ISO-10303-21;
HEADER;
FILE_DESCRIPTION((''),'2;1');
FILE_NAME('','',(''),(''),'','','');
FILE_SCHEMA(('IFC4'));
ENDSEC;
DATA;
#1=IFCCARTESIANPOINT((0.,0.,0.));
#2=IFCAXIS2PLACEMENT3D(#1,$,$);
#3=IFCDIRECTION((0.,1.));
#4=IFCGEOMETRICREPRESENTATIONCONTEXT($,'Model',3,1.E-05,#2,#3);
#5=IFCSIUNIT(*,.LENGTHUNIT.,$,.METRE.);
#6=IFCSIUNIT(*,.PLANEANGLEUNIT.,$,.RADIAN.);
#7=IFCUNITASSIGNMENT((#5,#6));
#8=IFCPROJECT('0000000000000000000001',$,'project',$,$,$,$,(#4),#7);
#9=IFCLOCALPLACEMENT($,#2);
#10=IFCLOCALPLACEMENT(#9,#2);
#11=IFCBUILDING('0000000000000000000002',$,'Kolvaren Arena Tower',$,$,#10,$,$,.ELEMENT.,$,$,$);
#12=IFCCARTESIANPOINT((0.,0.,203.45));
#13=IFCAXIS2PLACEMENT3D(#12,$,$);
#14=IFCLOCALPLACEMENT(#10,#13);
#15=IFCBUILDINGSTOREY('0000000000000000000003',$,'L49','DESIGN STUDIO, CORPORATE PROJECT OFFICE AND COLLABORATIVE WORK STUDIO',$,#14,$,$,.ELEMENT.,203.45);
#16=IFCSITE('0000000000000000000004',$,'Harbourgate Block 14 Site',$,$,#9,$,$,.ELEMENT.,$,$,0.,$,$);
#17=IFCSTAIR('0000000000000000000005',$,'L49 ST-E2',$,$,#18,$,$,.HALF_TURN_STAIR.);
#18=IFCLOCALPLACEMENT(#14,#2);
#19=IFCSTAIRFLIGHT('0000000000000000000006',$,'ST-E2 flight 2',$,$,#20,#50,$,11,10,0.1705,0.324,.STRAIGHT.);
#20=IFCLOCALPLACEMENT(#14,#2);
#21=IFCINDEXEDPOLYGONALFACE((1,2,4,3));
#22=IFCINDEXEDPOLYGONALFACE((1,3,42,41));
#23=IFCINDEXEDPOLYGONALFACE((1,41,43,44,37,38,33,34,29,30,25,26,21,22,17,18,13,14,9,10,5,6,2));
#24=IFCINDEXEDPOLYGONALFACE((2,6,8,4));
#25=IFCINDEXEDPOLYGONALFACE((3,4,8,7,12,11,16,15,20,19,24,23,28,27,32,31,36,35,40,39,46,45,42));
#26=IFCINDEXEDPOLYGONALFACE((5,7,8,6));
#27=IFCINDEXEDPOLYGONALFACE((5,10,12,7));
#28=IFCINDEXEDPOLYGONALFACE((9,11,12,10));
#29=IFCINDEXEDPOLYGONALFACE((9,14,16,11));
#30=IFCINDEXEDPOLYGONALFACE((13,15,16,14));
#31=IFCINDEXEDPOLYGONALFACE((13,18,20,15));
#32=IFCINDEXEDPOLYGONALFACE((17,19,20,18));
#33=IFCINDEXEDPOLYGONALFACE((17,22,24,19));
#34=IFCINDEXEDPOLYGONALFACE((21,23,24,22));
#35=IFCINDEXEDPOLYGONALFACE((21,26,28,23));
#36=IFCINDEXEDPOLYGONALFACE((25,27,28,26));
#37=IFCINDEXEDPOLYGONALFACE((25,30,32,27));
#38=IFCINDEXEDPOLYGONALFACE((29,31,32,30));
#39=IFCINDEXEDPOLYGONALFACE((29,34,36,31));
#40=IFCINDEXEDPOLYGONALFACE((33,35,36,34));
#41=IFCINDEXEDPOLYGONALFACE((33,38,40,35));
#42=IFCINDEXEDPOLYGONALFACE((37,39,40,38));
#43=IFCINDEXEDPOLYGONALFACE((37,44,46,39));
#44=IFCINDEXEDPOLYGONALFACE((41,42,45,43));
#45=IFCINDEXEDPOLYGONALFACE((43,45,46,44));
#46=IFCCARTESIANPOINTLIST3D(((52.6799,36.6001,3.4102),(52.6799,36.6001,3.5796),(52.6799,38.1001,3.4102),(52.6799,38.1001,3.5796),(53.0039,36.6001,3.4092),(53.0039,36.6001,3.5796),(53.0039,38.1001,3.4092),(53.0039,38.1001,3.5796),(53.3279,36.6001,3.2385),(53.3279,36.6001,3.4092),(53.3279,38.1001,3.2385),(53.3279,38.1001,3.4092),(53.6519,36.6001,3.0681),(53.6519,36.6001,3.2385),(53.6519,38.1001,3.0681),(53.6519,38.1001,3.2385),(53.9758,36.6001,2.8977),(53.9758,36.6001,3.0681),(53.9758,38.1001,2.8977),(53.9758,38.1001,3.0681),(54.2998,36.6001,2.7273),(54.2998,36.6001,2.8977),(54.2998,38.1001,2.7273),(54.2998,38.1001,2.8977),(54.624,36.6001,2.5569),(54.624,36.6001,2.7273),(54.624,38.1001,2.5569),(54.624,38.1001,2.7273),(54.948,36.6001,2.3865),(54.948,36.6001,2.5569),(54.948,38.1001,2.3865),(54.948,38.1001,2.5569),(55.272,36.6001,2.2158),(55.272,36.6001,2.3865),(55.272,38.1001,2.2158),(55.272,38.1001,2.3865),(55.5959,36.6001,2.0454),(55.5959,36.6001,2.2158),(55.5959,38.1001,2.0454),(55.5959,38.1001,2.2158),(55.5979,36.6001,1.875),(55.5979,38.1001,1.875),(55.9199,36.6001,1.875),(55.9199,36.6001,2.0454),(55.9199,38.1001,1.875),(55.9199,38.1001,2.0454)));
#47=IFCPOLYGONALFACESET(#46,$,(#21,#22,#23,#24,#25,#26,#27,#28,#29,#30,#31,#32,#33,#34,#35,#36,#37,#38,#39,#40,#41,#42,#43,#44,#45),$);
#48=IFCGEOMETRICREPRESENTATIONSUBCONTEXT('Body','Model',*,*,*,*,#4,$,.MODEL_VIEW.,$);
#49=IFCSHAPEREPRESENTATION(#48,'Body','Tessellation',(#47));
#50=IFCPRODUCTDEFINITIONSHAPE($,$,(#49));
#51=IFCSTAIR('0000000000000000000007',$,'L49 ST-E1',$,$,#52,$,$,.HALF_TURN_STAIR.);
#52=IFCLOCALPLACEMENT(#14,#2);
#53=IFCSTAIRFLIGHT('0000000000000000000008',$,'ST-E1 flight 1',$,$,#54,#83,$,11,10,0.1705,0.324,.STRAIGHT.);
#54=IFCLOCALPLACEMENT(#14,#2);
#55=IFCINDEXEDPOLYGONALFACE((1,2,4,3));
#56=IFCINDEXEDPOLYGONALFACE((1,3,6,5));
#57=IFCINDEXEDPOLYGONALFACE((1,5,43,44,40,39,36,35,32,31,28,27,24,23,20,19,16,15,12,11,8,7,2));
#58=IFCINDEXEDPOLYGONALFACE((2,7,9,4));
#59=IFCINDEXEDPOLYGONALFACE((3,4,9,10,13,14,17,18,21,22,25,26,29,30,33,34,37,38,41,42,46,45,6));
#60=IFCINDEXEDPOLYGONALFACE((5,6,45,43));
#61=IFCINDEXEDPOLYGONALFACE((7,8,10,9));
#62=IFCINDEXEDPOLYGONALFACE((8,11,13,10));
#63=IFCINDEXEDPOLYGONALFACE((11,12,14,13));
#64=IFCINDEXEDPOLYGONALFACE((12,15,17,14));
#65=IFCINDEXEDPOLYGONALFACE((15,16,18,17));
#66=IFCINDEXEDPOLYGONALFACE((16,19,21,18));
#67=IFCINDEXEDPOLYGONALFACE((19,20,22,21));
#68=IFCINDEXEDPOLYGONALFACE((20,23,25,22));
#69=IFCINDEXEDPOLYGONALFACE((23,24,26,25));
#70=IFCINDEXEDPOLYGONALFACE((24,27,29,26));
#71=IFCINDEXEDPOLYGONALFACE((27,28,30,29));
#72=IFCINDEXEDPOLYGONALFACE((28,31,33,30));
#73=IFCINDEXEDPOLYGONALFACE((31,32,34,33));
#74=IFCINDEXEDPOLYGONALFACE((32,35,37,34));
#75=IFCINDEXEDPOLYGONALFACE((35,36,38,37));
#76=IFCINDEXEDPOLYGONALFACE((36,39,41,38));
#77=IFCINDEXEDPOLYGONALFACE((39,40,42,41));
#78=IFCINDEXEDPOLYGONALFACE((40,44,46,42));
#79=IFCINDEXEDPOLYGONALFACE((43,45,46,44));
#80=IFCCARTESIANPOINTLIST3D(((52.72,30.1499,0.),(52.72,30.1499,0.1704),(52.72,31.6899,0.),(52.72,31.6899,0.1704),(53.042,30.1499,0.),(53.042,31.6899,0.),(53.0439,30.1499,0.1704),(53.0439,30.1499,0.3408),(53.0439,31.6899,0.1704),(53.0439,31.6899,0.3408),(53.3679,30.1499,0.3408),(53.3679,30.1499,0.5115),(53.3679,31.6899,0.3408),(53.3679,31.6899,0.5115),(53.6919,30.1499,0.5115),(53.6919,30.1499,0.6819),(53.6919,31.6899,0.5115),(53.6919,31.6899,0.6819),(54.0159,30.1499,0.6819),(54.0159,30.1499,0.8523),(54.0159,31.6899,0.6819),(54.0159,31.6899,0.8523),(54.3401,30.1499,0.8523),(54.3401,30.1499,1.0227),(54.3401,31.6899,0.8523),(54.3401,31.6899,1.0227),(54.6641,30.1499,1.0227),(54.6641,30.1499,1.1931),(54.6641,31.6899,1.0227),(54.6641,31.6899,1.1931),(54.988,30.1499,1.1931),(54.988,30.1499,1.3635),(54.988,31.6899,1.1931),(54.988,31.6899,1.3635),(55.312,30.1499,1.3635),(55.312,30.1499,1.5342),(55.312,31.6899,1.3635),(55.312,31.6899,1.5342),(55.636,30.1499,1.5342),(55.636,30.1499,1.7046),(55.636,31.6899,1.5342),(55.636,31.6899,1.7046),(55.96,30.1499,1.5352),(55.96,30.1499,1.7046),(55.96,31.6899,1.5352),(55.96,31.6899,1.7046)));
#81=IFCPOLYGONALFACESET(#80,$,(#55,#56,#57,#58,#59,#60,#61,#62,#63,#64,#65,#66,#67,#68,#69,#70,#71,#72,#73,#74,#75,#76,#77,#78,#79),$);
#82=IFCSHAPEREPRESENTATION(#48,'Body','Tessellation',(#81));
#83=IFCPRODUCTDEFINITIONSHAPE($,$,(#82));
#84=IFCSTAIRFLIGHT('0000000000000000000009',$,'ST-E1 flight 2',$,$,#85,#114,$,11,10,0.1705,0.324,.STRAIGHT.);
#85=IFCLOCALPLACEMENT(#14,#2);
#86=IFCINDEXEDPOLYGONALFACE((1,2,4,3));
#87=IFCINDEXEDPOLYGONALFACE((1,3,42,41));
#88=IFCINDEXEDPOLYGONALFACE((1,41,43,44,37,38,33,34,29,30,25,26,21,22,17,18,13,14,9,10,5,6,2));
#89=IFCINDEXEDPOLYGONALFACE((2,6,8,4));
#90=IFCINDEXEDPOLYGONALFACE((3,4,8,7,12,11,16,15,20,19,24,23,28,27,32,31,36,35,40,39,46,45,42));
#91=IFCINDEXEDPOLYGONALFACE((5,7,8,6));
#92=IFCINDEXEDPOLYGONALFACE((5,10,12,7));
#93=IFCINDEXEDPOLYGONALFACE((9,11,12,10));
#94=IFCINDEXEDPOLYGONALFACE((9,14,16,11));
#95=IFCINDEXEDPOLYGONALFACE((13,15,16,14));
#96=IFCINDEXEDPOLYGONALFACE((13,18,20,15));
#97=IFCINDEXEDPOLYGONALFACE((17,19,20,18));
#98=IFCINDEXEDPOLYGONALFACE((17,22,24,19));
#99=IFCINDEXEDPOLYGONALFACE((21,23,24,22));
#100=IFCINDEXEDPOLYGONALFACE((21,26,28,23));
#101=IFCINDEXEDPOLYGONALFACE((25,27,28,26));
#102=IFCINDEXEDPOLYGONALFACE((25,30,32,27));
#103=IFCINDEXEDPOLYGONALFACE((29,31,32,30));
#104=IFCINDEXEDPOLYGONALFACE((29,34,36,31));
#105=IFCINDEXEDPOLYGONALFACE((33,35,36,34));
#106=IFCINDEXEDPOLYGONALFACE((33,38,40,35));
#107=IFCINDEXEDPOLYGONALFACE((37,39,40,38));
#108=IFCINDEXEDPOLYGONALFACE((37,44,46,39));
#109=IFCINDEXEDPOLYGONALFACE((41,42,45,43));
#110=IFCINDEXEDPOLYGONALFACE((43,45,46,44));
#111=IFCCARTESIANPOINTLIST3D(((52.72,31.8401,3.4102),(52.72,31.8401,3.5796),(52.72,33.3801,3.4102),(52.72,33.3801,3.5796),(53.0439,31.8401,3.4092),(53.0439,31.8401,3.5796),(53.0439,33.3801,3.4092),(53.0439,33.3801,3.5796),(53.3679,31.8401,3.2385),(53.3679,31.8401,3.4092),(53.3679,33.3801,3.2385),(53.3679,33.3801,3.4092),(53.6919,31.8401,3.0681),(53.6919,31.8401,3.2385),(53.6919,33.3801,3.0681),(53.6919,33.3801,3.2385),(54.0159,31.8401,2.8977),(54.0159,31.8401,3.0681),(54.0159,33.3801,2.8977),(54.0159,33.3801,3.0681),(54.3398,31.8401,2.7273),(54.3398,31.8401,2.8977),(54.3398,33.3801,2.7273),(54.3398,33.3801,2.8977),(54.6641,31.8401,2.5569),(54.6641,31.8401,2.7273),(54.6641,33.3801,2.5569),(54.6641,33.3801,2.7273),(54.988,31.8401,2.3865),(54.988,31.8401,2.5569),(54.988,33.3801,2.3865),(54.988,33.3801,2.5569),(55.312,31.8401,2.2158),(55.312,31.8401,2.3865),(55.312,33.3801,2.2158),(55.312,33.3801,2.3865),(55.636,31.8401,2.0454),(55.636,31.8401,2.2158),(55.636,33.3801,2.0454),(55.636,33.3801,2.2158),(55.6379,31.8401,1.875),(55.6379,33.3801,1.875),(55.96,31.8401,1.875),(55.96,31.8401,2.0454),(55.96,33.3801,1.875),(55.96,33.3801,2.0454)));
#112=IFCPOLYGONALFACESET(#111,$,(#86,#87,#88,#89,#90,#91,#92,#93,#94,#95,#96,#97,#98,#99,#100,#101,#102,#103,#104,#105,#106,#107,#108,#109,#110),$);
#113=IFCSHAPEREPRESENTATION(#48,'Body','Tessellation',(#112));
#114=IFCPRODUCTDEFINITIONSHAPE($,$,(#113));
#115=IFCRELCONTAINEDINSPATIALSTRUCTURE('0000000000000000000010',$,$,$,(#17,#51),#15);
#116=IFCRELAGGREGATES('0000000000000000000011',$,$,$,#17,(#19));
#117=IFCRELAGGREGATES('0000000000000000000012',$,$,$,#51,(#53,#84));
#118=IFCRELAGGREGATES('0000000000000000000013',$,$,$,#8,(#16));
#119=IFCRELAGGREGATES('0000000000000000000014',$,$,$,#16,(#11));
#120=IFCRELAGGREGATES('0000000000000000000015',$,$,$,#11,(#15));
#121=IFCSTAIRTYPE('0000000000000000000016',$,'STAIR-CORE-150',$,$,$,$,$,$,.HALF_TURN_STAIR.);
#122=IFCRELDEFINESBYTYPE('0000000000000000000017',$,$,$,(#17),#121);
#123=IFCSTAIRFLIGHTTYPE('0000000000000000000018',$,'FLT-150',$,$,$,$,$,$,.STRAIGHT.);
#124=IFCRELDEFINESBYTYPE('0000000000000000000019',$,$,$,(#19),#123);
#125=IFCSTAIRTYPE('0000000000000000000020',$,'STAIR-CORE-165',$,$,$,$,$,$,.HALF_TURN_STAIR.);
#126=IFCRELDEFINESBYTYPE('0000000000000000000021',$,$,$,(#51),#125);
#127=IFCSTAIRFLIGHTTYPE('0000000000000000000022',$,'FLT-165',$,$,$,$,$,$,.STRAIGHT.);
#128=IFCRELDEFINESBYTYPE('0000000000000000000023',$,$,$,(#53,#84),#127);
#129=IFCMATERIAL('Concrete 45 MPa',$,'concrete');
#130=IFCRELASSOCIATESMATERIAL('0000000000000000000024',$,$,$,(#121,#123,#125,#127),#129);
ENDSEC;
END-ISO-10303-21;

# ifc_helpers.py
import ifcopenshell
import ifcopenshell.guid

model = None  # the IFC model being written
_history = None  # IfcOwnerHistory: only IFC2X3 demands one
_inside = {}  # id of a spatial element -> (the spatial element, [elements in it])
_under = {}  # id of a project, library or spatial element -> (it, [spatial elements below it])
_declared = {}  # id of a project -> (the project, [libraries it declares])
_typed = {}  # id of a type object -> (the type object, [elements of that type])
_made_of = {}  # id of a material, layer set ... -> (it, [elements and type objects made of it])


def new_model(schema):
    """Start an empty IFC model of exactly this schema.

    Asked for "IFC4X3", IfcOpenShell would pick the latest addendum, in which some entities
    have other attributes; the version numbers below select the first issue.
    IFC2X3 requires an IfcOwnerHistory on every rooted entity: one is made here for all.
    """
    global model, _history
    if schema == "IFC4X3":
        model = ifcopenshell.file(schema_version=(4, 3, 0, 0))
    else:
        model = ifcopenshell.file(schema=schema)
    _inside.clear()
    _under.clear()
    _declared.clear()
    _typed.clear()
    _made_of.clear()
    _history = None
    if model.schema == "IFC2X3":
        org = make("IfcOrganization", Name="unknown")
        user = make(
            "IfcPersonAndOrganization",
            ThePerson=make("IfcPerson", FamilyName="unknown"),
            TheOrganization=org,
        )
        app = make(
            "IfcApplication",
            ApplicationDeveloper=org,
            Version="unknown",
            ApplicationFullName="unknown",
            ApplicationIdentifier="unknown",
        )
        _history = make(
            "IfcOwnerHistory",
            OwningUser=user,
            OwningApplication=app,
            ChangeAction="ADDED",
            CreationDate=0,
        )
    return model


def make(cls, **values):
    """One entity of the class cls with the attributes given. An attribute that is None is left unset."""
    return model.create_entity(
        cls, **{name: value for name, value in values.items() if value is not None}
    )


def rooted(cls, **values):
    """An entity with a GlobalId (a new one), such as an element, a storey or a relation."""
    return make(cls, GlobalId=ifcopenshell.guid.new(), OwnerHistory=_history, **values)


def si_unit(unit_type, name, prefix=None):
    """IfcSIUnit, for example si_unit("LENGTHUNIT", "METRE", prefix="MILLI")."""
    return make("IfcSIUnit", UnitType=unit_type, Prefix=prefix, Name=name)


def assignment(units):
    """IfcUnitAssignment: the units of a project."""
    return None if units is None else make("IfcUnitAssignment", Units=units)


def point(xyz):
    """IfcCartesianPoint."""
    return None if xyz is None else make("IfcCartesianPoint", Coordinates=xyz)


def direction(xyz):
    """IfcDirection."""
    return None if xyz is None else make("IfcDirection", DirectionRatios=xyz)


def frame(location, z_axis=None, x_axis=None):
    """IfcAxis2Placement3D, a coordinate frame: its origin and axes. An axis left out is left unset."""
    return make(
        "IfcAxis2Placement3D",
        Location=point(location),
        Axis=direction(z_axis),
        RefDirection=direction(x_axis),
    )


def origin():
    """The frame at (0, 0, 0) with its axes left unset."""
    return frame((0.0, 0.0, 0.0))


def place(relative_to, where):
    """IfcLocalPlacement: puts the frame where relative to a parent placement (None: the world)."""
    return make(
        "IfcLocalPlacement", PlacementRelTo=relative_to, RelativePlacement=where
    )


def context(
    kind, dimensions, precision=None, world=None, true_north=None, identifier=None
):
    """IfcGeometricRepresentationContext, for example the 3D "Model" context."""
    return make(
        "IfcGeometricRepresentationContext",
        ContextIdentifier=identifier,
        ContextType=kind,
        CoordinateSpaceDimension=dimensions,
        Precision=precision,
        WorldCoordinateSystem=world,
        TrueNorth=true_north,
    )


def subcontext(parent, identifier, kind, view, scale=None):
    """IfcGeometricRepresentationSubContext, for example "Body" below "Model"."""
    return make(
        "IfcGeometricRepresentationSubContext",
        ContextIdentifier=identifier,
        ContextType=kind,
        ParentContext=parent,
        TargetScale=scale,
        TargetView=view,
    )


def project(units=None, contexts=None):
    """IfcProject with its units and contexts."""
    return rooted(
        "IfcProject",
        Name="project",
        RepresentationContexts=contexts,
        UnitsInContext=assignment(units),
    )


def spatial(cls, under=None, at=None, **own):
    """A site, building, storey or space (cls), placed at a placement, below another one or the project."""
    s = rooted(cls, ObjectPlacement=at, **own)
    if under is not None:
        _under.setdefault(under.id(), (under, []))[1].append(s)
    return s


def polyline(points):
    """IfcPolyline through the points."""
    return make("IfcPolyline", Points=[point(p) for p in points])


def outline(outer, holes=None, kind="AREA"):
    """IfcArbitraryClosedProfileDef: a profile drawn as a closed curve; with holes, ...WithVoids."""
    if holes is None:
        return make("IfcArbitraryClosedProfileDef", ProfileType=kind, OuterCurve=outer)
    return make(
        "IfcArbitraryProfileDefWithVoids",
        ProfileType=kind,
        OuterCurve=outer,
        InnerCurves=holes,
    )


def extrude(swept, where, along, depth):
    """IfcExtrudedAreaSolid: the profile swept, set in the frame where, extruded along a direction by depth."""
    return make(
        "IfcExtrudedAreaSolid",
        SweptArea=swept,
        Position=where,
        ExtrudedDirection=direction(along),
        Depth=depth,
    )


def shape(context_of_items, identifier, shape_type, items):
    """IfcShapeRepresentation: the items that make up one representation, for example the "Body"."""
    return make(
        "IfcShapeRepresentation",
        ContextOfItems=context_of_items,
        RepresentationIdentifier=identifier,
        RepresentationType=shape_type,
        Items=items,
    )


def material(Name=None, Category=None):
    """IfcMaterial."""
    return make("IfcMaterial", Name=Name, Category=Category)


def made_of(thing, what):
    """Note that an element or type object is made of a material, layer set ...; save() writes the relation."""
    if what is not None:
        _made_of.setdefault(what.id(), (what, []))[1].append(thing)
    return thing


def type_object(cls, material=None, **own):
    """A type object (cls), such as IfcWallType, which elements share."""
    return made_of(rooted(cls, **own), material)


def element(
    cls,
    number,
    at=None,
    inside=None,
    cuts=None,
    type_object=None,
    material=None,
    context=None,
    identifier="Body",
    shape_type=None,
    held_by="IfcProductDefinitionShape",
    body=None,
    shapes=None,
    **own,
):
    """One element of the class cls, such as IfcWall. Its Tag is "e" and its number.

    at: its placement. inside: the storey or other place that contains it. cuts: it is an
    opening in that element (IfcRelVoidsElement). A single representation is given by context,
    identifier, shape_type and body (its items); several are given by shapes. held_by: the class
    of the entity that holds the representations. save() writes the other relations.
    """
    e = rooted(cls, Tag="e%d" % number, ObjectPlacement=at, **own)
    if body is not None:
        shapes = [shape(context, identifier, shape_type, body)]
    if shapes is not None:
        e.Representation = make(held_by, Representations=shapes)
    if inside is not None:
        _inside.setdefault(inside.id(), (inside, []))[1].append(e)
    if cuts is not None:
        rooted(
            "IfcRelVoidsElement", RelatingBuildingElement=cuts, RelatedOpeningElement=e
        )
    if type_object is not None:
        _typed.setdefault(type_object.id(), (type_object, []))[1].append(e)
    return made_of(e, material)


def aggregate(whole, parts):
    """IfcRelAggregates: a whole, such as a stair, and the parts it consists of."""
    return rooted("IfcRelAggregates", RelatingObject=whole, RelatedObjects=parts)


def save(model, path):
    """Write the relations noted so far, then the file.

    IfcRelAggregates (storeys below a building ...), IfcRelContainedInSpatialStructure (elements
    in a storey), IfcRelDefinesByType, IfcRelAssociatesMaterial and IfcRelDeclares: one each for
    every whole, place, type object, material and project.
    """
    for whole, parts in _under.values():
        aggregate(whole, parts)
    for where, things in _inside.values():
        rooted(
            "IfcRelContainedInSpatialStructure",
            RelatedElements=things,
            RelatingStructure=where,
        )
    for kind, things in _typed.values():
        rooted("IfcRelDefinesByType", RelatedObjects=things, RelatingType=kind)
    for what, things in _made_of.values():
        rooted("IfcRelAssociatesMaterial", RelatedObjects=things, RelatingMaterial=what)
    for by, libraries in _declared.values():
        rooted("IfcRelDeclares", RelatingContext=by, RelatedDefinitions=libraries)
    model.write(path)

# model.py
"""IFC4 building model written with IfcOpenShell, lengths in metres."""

from ifc_helpers import new_model, si_unit, direction, frame, origin, place, context, subcontext, project, spatial, polyline, outline, extrude, material, type_object, element, aggregate, save


model = new_model("IFC4")

# Units and contexts
model_context = context("Model", 3, precision=1e-05, world=origin(), true_north=direction((0.0, 1.0)))
body_context = subcontext(model_context, "Body", "Model", "MODEL_VIEW")
ifc_project = project(units=[si_unit("LENGTHUNIT", "METRE"), si_unit("PLANEANGLEUNIT", "RADIAN")], contexts=[model_context])

# Site, building, storey
site_placement = place(None, origin())
site = spatial("IfcSite", under=ifc_project, at=site_placement, Name="Harbourgate Block 14 Site", CompositionType="ELEMENT", RefElevation=0.0)
building_placement = place(site_placement, origin())
building = spatial("IfcBuilding", under=site, at=building_placement, Name="Kolvaren Arena Tower", CompositionType="ELEMENT")
storey_placement = place(building_placement, frame((0.0, 0.0, 203.45)))
storey = spatial("IfcBuildingStorey", under=building, at=storey_placement, Name="L49", Description="DESIGN STUDIO, CORPORATE PROJECT OFFICE AND COLLABORATIVE WORK STUDIO", CompositionType="ELEMENT", Elevation=203.45)

# Shared definitions
ifc_material_1 = material(Name="Concrete 45 MPa", Category="concrete")

# Stair, stair flight
stair_type_1 = type_object("IfcStairType", Name="STAIR-CORE-150", PredefinedType="HALF_TURN_STAIR", material=ifc_material_1)
stair_1_placement = place(storey_placement, origin())
stair_1 = element("IfcStair", 1, at=stair_1_placement, inside=storey, type_object=stair_type_1, Name="L49 ST-E2", PredefinedType="HALF_TURN_STAIR")
stair_flight_type_1 = type_object("IfcStairFlightType", Name="FLT-150", PredefinedType="STRAIGHT", material=ifc_material_1)
stair_flight_1_placement = place(storey_placement, frame((55.9199, 37.3501, 1.875), z_axis=(0.0, 0.0, 1.0), x_axis=(-1.0, 0.0, 0.0)))
stair_flight_1 = element("IfcStairFlight", 2, at=stair_flight_1_placement, type_object=stair_flight_type_1, Name="ST-E2 flight 2", NumberOfRisers=11, NumberOfTreads=10, PredefinedType="STRAIGHT", RiserHeight=0.1705, TreadLength=0.324, context=body_context, shape_type="SweptSolid", body=[
    extrude(outline(polyline([(0.0, 0.0), (0.0, 0.1704), (0.324, 0.1704), (0.324, 0.3408), (0.6479, 0.3408), (0.6479, 0.5115), (0.9719, 0.5115), (0.9719, 0.6819), (1.2959, 0.6819), (1.2959, 0.8523), (1.6201, 0.8523), (1.6201, 1.0227), (1.9441, 1.0227), (1.9441, 1.1931), (2.2681, 1.1931), (2.2681, 1.3635), (2.592, 1.3635), (2.592, 1.5342), (2.916, 1.5342), (2.916, 1.7046), (3.24, 1.7046), (3.24, 1.875), (3.24, 1.5352), (0.322, 0.0), (0.0, 0.0)])), frame((0.0, 0.75, 0.0), z_axis=(0.0, -1.0, 0.0), x_axis=(1.0, 0.0, 0.0)), (0.0, 0.0, 1.0), 1.5),
])
aggregate(stair_1, [stair_flight_1])

# Stair, stair flights
stair_type_2 = type_object("IfcStairType", Name="STAIR-CORE-165", PredefinedType="HALF_TURN_STAIR", material=ifc_material_1)
stair_2_placement = place(storey_placement, origin())
stair_2 = element("IfcStair", 3, at=stair_2_placement, inside=storey, type_object=stair_type_2, Name="L49 ST-E1", PredefinedType="HALF_TURN_STAIR")
stair_flight_type_2 = type_object("IfcStairFlightType", Name="FLT-165", PredefinedType="STRAIGHT", material=ifc_material_1)
stair_flight_2_placement = place(storey_placement, frame((52.72, 30.9199, 0.0), z_axis=(0.0, 0.0, 1.0), x_axis=(1.0, 0.0, 0.0)))
stair_flight_2 = element("IfcStairFlight", 4, at=stair_flight_2_placement, type_object=stair_flight_type_2, Name="ST-E1 flight 1", NumberOfRisers=11, NumberOfTreads=10, PredefinedType="STRAIGHT", RiserHeight=0.1705, TreadLength=0.324, context=body_context, shape_type="SweptSolid", body=[
    extrude(outline(polyline([(0.0, 0.0), (0.0, 0.1704), (0.324, 0.1704), (0.324, 0.3408), (0.6479, 0.3408), (0.6479, 0.5115), (0.9719, 0.5115), (0.9719, 0.6819), (1.2959, 0.6819), (1.2959, 0.8523), (1.6201, 0.8523), (1.6201, 1.0227), (1.9441, 1.0227), (1.9441, 1.1931), (2.2681, 1.1931), (2.2681, 1.3635), (2.592, 1.3635), (2.592, 1.5342), (2.916, 1.5342), (2.916, 1.7046), (3.24, 1.7046), (3.24, 1.875), (3.24, 1.5352), (0.322, 0.0), (0.0, 0.0)])), frame((0.0, 0.77, 0.0), z_axis=(0.0, -1.0, 0.0), x_axis=(1.0, 0.0, 0.0)), (0.0, 0.0, 1.0), 1.54),
])
stair_flight_3_placement = place(storey_placement, frame((55.96, 32.6101, 1.875), z_axis=(0.0, 0.0, 1.0), x_axis=(-1.0, 0.0, 0.0)))
stair_flight_3 = element("IfcStairFlight", 5, at=stair_flight_3_placement, type_object=stair_flight_type_2, Name="ST-E1 flight 2", NumberOfRisers=11, NumberOfTreads=10, PredefinedType="STRAIGHT", RiserHeight=0.1705, TreadLength=0.324, context=body_context, shape_type="SweptSolid", body=[
    extrude(outline(polyline([(0.0, 0.0), (0.0, 0.1704), (0.324, 0.1704), (0.324, 0.3408), (0.6479, 0.3408), (0.6479, 0.5115), (0.9719, 0.5115), (0.9719, 0.6819), (1.2959, 0.6819), (1.2959, 0.8523), (1.6201, 0.8523), (1.6201, 1.0227), (1.9441, 1.0227), (1.9441, 1.1931), (2.2681, 1.1931), (2.2681, 1.3635), (2.592, 1.3635), (2.592, 1.5342), (2.916, 1.5342), (2.916, 1.7046), (3.24, 1.7046), (3.24, 1.875), (3.24, 1.5352), (0.322, 0.0), (0.0, 0.0)])), frame((0.0, 0.77, 0.0), z_axis=(0.0, -1.0, 0.0), x_axis=(1.0, 0.0, 0.0)), (0.0, 0.0, 1.0), 1.54),
])
aggregate(stair_2, [stair_flight_2, stair_flight_3])

save(model, "model.ifc")
